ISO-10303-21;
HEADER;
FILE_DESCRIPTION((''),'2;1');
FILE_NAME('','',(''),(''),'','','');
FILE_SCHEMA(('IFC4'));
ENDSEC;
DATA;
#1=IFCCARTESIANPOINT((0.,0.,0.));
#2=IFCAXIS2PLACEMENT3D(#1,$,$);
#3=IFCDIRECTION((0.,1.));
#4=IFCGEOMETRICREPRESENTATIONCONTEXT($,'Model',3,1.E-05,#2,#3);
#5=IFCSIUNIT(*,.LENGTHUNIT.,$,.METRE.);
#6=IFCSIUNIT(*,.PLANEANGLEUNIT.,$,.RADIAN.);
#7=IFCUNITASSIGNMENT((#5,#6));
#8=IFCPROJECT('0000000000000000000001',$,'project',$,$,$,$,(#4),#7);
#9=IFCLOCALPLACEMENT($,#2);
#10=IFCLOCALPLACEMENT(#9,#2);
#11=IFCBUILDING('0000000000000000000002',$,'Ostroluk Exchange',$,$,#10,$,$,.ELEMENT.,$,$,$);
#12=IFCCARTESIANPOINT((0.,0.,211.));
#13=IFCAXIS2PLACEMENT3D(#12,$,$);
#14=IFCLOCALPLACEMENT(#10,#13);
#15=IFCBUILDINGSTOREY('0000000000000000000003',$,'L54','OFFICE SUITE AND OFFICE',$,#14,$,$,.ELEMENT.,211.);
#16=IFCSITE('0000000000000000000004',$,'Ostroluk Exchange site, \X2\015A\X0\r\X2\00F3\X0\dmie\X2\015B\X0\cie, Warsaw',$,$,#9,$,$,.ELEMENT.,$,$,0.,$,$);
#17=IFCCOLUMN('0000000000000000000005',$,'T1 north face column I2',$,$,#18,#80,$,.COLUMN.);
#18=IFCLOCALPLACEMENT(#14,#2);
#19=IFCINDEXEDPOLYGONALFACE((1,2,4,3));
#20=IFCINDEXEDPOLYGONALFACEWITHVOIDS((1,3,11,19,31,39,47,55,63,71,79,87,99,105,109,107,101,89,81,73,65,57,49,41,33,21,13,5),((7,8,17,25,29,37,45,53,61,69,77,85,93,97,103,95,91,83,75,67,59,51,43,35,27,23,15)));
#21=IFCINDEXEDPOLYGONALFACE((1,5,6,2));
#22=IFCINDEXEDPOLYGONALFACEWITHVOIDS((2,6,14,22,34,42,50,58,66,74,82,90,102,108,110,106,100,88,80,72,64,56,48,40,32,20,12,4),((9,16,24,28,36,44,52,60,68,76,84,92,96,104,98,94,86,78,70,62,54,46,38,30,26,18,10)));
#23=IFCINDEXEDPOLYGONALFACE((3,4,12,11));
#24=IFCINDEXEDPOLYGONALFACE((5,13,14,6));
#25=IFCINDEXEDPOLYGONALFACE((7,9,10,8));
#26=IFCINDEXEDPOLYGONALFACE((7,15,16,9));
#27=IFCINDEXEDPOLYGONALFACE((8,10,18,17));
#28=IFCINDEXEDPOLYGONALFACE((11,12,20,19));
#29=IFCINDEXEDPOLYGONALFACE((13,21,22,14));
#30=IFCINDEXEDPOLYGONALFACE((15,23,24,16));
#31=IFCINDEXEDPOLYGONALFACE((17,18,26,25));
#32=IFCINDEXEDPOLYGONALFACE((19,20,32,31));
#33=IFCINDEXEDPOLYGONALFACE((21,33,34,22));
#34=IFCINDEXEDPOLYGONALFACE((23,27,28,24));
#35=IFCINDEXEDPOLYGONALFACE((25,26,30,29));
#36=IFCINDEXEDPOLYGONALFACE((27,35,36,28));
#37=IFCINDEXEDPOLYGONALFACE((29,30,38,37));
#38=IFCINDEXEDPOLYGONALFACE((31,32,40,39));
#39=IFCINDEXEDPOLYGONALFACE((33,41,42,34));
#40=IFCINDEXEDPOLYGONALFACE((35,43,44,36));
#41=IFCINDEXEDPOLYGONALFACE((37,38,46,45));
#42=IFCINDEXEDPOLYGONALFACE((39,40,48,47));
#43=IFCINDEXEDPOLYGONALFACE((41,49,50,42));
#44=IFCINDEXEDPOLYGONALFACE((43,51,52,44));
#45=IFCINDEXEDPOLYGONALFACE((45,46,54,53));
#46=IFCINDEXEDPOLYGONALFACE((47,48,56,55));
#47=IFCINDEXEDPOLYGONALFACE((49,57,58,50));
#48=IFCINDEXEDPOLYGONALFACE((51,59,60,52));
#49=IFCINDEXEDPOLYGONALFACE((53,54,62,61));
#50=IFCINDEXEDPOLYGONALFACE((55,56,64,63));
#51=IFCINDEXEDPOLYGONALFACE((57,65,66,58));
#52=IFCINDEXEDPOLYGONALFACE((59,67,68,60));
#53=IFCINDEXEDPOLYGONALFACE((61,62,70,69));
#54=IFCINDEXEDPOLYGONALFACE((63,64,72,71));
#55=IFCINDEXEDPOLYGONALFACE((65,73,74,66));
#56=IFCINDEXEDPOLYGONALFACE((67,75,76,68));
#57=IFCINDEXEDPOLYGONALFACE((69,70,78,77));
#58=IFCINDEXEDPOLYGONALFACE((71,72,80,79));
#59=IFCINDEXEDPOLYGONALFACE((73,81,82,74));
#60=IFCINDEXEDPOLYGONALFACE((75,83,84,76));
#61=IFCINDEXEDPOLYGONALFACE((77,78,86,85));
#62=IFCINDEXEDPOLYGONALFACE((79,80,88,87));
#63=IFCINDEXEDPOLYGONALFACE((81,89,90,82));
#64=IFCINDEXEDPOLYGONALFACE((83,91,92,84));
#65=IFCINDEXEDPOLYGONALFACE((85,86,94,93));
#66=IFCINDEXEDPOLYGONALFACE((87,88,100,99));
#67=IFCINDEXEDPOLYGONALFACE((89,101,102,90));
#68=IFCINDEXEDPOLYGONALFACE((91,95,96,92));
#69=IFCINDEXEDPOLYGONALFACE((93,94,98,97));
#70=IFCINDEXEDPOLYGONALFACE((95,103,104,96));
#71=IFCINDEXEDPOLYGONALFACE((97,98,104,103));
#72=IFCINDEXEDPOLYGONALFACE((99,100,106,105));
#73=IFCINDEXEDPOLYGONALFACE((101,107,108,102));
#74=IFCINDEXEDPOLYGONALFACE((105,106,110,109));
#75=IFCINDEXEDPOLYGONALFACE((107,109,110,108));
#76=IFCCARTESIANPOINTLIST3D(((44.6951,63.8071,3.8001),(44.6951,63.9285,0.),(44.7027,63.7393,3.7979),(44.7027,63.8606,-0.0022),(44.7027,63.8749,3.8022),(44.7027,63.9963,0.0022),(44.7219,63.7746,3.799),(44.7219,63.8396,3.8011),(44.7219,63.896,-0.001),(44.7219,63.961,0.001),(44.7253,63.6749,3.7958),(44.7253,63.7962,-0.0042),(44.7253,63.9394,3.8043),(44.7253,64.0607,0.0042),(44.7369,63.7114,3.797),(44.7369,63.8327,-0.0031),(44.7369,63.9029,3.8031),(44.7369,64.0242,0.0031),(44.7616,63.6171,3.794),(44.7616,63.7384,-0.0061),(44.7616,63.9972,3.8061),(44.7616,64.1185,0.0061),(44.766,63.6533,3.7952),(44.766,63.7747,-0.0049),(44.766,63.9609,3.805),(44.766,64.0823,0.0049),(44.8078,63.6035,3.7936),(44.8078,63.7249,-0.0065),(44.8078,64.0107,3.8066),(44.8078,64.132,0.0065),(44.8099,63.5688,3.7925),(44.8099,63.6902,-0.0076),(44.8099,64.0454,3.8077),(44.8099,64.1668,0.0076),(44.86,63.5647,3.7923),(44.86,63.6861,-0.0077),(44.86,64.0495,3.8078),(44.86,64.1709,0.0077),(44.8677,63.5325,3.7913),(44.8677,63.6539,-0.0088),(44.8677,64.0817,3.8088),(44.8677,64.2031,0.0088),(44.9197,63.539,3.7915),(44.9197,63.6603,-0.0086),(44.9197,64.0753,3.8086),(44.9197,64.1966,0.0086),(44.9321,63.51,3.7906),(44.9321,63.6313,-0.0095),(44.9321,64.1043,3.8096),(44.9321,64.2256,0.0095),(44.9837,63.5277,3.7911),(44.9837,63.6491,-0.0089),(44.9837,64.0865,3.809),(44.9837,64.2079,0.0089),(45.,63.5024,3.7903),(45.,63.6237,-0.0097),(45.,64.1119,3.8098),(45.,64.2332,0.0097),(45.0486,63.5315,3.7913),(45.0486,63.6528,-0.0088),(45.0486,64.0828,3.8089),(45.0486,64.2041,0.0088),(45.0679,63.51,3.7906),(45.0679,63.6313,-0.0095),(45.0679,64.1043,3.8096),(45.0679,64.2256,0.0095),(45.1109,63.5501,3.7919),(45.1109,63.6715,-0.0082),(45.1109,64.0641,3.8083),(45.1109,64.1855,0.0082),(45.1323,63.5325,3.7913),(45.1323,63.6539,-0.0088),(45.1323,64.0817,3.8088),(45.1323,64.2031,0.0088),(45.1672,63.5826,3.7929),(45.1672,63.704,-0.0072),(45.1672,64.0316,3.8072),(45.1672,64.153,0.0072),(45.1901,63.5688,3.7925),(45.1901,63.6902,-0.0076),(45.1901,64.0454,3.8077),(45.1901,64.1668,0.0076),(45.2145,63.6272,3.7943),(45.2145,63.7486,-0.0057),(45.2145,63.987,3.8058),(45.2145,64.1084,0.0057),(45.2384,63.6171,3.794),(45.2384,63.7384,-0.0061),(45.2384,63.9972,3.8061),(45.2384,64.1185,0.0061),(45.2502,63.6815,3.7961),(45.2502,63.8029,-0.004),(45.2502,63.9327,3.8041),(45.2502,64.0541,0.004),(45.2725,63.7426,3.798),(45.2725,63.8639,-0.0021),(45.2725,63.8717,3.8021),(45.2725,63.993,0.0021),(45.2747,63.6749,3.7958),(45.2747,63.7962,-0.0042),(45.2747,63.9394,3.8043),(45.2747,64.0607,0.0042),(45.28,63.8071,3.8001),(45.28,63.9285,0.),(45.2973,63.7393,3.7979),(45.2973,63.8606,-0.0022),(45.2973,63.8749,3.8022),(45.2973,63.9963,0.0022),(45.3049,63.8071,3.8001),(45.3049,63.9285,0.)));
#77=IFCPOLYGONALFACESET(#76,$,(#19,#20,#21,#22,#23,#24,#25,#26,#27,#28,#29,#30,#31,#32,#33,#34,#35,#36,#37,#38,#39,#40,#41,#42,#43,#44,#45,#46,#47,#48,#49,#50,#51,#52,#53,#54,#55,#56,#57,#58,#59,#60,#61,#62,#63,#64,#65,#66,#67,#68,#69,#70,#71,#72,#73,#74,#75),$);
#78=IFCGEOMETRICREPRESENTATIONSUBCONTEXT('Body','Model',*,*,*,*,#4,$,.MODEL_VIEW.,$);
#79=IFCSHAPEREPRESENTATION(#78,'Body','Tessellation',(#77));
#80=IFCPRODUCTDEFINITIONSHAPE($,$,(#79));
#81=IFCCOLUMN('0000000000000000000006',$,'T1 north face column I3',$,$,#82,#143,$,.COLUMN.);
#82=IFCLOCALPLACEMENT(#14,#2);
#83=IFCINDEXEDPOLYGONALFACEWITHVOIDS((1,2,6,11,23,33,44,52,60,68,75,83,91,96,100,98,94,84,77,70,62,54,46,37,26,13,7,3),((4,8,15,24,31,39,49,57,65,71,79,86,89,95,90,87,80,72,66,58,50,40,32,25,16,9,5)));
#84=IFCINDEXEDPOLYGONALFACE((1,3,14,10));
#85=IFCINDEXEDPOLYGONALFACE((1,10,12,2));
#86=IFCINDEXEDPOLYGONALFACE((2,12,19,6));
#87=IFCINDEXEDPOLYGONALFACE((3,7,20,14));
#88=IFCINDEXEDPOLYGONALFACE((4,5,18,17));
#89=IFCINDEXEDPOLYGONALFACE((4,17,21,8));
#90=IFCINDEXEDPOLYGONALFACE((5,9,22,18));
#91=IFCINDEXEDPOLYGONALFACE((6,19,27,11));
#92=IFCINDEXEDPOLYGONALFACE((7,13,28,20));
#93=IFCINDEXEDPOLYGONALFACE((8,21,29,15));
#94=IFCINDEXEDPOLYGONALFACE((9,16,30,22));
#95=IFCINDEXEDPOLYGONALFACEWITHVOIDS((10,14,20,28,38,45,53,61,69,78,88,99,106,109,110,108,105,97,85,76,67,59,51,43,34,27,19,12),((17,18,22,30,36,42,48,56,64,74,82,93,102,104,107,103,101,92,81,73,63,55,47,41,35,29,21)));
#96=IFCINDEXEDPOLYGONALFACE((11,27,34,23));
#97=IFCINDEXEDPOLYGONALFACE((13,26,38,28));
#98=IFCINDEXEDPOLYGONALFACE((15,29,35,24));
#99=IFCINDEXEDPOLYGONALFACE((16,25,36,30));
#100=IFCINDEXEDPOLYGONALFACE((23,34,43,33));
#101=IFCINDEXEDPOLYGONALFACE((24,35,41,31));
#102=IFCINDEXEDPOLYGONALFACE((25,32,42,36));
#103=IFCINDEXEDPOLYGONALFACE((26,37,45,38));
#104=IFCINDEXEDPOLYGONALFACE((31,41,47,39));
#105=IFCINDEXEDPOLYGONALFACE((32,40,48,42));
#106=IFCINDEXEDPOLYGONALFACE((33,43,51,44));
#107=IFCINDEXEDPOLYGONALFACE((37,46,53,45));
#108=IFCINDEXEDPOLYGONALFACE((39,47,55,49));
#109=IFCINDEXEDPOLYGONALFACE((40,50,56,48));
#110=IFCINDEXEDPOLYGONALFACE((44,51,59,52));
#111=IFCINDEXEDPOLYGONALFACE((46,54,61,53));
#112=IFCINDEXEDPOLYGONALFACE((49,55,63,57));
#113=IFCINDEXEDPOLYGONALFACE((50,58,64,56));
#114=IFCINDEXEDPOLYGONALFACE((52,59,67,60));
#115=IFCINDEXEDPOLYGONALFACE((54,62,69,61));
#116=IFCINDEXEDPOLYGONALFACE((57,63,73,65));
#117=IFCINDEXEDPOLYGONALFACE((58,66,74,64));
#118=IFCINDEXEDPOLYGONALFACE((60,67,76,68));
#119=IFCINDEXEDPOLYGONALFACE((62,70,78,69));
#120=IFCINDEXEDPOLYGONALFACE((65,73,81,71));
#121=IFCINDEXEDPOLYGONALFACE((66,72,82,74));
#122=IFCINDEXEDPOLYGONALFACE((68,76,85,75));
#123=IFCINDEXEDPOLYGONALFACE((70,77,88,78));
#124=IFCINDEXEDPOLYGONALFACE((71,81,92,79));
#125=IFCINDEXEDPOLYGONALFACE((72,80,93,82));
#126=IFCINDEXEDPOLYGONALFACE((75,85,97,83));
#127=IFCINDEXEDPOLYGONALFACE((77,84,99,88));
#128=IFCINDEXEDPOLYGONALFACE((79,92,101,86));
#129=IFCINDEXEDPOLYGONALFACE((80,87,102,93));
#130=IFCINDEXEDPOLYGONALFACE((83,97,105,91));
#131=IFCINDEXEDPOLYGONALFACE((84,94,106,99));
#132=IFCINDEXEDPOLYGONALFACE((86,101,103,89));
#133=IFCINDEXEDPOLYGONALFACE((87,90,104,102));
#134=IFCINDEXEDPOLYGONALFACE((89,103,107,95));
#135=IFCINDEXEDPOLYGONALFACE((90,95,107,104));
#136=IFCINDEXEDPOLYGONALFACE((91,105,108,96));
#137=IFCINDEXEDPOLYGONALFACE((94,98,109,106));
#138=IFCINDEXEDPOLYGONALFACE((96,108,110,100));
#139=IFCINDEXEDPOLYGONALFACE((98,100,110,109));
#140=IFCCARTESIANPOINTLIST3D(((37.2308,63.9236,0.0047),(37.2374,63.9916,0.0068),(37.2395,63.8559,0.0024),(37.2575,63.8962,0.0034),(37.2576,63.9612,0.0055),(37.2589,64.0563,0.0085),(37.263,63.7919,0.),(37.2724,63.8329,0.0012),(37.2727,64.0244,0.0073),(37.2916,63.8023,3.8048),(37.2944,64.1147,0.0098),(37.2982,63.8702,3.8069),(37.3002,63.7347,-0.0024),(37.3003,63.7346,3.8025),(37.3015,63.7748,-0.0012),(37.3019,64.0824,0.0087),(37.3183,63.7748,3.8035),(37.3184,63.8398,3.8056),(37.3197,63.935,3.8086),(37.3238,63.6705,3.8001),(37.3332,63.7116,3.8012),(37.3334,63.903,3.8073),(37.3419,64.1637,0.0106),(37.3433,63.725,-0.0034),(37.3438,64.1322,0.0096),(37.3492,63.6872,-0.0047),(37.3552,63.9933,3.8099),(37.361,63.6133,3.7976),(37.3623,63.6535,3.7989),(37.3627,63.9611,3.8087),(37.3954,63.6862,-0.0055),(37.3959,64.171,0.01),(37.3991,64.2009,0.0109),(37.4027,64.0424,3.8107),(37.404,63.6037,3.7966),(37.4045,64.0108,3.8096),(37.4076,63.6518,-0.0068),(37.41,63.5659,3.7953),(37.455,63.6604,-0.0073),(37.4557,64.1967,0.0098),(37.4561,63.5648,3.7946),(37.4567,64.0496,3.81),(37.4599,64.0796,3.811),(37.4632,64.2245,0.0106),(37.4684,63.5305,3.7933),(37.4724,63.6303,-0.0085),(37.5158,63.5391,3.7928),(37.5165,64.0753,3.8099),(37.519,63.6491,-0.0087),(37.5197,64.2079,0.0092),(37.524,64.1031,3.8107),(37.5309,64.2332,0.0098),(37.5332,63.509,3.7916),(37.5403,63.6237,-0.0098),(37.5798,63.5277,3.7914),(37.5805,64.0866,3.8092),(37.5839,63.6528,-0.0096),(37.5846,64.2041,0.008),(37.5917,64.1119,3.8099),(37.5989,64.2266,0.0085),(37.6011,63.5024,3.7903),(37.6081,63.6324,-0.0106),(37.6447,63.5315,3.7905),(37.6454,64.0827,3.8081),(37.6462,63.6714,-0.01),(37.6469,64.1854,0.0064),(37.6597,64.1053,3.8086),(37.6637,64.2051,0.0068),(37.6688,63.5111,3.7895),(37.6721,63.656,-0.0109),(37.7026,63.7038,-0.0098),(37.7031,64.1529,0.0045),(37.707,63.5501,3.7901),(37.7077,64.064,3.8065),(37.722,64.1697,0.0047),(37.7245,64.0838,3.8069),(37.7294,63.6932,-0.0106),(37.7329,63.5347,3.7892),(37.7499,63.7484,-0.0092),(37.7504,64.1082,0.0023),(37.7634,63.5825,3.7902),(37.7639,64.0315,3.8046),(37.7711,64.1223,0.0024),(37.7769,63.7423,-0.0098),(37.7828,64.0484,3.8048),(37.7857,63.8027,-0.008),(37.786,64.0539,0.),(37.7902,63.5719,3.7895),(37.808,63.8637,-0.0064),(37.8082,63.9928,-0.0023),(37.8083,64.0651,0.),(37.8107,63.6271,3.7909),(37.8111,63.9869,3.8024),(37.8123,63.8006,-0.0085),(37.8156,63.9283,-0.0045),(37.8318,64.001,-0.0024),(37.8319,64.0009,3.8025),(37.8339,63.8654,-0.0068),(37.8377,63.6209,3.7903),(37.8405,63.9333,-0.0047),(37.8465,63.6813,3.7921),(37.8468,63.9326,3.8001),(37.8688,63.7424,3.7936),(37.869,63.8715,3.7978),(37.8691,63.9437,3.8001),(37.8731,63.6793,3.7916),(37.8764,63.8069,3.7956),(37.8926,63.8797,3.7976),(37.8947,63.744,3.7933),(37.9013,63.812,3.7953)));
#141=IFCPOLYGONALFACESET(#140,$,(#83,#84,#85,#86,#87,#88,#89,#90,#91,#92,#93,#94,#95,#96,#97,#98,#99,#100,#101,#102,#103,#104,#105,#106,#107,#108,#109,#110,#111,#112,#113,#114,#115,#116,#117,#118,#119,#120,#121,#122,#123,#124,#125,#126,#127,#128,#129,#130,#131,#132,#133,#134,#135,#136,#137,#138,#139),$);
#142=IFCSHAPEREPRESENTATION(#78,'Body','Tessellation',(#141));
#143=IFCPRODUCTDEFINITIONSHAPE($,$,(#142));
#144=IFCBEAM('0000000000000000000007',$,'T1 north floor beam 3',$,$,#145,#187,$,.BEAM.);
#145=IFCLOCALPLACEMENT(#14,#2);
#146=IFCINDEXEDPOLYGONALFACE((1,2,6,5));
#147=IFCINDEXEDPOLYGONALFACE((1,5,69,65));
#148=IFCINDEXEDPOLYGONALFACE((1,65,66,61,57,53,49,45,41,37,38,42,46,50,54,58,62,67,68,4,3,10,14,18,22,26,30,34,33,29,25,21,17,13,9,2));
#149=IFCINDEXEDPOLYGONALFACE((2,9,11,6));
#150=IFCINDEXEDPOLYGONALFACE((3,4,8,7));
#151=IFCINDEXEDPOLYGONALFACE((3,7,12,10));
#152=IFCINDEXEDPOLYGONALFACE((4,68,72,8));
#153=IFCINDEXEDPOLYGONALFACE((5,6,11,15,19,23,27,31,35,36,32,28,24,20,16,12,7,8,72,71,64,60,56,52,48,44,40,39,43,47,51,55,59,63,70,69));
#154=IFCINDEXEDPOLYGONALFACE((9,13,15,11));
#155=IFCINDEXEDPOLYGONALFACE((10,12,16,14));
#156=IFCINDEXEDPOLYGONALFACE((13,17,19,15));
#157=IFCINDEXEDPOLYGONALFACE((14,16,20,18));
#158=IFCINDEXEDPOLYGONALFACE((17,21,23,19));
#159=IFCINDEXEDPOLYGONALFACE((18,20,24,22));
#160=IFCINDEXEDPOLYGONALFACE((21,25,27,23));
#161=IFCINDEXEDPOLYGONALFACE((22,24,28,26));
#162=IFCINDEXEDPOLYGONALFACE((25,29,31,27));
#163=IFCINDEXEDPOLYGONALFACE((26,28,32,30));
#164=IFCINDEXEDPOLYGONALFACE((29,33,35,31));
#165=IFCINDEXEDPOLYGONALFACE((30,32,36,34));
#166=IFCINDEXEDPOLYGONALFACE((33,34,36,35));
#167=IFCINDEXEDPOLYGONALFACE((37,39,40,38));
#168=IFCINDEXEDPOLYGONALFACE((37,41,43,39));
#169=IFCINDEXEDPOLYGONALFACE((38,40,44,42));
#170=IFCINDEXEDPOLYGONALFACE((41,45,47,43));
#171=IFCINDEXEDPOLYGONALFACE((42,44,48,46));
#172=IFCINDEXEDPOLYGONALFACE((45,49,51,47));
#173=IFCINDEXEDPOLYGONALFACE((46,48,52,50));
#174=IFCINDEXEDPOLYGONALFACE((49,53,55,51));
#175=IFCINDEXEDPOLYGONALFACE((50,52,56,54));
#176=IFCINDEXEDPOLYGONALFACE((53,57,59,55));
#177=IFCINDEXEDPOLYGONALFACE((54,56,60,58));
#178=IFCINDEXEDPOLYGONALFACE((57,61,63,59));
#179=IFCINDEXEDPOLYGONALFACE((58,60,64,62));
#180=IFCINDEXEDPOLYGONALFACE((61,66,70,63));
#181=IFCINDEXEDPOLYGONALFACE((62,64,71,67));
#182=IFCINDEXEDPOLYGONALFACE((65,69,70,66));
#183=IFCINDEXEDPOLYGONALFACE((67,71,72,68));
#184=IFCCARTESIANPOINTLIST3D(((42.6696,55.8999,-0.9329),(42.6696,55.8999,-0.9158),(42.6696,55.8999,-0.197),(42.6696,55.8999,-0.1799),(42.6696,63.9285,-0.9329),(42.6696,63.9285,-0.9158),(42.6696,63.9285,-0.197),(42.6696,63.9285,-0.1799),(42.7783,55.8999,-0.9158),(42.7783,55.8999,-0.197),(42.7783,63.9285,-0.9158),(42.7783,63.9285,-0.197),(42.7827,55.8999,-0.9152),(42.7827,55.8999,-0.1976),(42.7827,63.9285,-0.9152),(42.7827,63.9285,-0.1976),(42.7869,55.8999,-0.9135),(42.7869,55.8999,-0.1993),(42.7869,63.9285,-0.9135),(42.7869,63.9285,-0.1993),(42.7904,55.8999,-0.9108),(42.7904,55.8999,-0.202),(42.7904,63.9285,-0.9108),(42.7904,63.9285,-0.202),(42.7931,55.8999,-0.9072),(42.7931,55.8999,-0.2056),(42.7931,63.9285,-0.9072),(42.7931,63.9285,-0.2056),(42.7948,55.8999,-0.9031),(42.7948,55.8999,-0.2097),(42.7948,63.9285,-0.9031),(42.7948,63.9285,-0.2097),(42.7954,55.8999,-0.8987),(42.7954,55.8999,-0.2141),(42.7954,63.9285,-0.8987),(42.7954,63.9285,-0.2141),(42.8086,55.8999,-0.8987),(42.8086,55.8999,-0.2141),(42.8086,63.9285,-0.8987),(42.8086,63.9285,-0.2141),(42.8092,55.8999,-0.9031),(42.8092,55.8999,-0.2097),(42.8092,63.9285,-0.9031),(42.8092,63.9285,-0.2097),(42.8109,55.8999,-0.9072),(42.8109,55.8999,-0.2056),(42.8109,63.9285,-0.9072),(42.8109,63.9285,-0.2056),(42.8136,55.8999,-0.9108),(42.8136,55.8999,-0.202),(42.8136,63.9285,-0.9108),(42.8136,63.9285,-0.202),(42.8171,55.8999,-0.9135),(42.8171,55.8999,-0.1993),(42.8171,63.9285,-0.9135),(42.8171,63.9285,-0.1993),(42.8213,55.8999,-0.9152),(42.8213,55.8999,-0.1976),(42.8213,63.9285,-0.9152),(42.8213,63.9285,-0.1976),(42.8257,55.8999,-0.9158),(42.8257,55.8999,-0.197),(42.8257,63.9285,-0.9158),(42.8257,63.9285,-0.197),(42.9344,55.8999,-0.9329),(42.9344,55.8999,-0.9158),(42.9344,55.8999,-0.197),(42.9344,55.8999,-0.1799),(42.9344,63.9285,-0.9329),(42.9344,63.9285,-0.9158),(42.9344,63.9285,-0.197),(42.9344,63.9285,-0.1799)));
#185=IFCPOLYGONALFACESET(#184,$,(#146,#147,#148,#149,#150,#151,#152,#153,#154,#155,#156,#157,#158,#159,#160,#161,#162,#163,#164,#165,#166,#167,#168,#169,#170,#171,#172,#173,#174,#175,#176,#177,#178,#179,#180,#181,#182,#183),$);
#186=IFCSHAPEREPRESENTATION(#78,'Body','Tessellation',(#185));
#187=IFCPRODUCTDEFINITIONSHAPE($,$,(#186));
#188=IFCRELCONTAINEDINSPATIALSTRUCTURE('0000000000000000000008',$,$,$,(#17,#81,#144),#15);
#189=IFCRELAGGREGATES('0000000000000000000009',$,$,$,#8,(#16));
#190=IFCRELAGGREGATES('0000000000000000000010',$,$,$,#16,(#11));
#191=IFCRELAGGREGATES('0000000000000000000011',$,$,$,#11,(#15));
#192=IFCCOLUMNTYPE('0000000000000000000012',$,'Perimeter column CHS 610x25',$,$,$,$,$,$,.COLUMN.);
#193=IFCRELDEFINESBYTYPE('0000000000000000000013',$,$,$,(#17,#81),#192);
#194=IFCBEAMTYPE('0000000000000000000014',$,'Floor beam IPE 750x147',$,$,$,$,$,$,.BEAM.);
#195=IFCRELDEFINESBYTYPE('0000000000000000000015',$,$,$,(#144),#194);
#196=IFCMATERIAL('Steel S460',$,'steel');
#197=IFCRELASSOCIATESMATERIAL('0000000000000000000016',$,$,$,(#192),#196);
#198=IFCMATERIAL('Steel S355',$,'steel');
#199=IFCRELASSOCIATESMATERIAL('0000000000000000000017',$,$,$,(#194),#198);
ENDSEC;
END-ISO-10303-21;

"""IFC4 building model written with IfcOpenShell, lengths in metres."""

from ifc_helpers import new_model, si_unit, direction, frame, origin, origin_2d, place, context, subcontext, project, spatial, hollow_circle, i_section, extrude, material, material_profile, profile_set, type_object, element, save


model = new_model("IFC4")

# Units and contexts
model_context = context("Model", 3, precision=1e-05, world=origin(), true_north=direction((0.0, 1.0)))
body_context = subcontext(model_context, "Body", "Model", "MODEL_VIEW")
ifc_project = project(units=[si_unit("LENGTHUNIT", "METRE"), si_unit("PLANEANGLEUNIT", "RADIAN")], contexts=[model_context])

# Site, building, storey
site_placement = place(None, origin())
site = spatial("IfcSite", under=ifc_project, at=site_placement, Name="Ostroluk Exchange site, Śródmieście, Warsaw", CompositionType="ELEMENT", RefElevation=0.0)
building_placement = place(site_placement, origin())
building = spatial("IfcBuilding", under=site, at=building_placement, Name="Ostroluk Exchange", CompositionType="ELEMENT")
storey_placement = place(building_placement, frame((0.0, 0.0, 211.0)))
storey = spatial("IfcBuildingStorey", under=building, at=storey_placement, Name="L54", Description="OFFICE SUITE AND OFFICE", CompositionType="ELEMENT", Elevation=211.0)

# Columns
ifc_material_1 = material(Name="Steel S460", Category="steel")
ifc_material_profile_1 = material_profile(ifc_material_1, hollow_circle(Radius=0.3049, WallThickness=0.0249, at=origin_2d()), Name="CHS 610x25")
ifc_profile_set_1 = profile_set([ifc_material_profile_1], Name="Steel S460")
column_type = type_object("IfcColumnType", Name="Perimeter column CHS 610x25", PredefinedType="COLUMN", material=ifc_profile_set_1)
column_1_placement = place(storey_placement, frame((45.0, 63.9285, 0.0), z_axis=(0.0, -0.031914, 0.999491), x_axis=(1.0, 0.0, 0.0)))
element("IfcColumn", 1, at=column_1_placement, inside=storey, type_object=column_type, Name="T1 north face column I2", PredefinedType="COLUMN", context=body_context, shape_type="SweptSolid", body=[
    extrude(hollow_circle(Radius=0.3049, WallThickness=0.0249, at=origin_2d()), origin(), (0.0, 0.0, 1.0), 3.802),
])
column_2_placement = place(storey_placement, frame((37.5356, 63.9285, 0.0), z_axis=(0.015987, -0.03191, 0.999363), x_axis=(0.894067, 0.447933, 0.0)))
element("IfcColumn", 2, at=column_2_placement, inside=storey, type_object=column_type, Name="T1 north face column I3", PredefinedType="COLUMN", context=body_context, shape_type="SweptSolid", body=[
    extrude(hollow_circle(Radius=0.3049, WallThickness=0.0249, at=origin_2d()), origin(), (0.0, 0.0, 1.0), 3.8025),
])

# Beam
ifc_material_2 = material(Name="Steel S355", Category="steel")
ifc_material_profile_2 = material_profile(ifc_material_2, i_section(OverallWidth=0.2649, OverallDepth=0.7529, WebThickness=0.0132, FlangeThickness=0.0171, FilletRadius=0.0171, at=origin_2d()), Name="IPE 750x147")
ifc_profile_set_2 = profile_set([ifc_material_profile_2], Name="Steel S355")
beam_type_1 = type_object("IfcBeamType", Name="Floor beam IPE 750x147", PredefinedType="BEAM", material=ifc_profile_set_2)
beam_1_placement = place(storey_placement, frame((42.802, 55.8999, -0.5564), z_axis=(0.0, 1.0, 0.0), x_axis=(-1.0, 0.0, 0.0)))
element("IfcBeam", 3, at=beam_1_placement, inside=storey, type_object=beam_type_1, Name="T1 north floor beam 3", PredefinedType="BEAM", context=body_context, shape_type="SweptSolid", body=[
    extrude(i_section(OverallWidth=0.2649, OverallDepth=0.7529, WebThickness=0.0132, FlangeThickness=0.0171, FilletRadius=0.0171, at=origin_2d()), origin(), (0.0, 0.0, 1.0), 8.0286),
])

save(model, "model.ifc")
